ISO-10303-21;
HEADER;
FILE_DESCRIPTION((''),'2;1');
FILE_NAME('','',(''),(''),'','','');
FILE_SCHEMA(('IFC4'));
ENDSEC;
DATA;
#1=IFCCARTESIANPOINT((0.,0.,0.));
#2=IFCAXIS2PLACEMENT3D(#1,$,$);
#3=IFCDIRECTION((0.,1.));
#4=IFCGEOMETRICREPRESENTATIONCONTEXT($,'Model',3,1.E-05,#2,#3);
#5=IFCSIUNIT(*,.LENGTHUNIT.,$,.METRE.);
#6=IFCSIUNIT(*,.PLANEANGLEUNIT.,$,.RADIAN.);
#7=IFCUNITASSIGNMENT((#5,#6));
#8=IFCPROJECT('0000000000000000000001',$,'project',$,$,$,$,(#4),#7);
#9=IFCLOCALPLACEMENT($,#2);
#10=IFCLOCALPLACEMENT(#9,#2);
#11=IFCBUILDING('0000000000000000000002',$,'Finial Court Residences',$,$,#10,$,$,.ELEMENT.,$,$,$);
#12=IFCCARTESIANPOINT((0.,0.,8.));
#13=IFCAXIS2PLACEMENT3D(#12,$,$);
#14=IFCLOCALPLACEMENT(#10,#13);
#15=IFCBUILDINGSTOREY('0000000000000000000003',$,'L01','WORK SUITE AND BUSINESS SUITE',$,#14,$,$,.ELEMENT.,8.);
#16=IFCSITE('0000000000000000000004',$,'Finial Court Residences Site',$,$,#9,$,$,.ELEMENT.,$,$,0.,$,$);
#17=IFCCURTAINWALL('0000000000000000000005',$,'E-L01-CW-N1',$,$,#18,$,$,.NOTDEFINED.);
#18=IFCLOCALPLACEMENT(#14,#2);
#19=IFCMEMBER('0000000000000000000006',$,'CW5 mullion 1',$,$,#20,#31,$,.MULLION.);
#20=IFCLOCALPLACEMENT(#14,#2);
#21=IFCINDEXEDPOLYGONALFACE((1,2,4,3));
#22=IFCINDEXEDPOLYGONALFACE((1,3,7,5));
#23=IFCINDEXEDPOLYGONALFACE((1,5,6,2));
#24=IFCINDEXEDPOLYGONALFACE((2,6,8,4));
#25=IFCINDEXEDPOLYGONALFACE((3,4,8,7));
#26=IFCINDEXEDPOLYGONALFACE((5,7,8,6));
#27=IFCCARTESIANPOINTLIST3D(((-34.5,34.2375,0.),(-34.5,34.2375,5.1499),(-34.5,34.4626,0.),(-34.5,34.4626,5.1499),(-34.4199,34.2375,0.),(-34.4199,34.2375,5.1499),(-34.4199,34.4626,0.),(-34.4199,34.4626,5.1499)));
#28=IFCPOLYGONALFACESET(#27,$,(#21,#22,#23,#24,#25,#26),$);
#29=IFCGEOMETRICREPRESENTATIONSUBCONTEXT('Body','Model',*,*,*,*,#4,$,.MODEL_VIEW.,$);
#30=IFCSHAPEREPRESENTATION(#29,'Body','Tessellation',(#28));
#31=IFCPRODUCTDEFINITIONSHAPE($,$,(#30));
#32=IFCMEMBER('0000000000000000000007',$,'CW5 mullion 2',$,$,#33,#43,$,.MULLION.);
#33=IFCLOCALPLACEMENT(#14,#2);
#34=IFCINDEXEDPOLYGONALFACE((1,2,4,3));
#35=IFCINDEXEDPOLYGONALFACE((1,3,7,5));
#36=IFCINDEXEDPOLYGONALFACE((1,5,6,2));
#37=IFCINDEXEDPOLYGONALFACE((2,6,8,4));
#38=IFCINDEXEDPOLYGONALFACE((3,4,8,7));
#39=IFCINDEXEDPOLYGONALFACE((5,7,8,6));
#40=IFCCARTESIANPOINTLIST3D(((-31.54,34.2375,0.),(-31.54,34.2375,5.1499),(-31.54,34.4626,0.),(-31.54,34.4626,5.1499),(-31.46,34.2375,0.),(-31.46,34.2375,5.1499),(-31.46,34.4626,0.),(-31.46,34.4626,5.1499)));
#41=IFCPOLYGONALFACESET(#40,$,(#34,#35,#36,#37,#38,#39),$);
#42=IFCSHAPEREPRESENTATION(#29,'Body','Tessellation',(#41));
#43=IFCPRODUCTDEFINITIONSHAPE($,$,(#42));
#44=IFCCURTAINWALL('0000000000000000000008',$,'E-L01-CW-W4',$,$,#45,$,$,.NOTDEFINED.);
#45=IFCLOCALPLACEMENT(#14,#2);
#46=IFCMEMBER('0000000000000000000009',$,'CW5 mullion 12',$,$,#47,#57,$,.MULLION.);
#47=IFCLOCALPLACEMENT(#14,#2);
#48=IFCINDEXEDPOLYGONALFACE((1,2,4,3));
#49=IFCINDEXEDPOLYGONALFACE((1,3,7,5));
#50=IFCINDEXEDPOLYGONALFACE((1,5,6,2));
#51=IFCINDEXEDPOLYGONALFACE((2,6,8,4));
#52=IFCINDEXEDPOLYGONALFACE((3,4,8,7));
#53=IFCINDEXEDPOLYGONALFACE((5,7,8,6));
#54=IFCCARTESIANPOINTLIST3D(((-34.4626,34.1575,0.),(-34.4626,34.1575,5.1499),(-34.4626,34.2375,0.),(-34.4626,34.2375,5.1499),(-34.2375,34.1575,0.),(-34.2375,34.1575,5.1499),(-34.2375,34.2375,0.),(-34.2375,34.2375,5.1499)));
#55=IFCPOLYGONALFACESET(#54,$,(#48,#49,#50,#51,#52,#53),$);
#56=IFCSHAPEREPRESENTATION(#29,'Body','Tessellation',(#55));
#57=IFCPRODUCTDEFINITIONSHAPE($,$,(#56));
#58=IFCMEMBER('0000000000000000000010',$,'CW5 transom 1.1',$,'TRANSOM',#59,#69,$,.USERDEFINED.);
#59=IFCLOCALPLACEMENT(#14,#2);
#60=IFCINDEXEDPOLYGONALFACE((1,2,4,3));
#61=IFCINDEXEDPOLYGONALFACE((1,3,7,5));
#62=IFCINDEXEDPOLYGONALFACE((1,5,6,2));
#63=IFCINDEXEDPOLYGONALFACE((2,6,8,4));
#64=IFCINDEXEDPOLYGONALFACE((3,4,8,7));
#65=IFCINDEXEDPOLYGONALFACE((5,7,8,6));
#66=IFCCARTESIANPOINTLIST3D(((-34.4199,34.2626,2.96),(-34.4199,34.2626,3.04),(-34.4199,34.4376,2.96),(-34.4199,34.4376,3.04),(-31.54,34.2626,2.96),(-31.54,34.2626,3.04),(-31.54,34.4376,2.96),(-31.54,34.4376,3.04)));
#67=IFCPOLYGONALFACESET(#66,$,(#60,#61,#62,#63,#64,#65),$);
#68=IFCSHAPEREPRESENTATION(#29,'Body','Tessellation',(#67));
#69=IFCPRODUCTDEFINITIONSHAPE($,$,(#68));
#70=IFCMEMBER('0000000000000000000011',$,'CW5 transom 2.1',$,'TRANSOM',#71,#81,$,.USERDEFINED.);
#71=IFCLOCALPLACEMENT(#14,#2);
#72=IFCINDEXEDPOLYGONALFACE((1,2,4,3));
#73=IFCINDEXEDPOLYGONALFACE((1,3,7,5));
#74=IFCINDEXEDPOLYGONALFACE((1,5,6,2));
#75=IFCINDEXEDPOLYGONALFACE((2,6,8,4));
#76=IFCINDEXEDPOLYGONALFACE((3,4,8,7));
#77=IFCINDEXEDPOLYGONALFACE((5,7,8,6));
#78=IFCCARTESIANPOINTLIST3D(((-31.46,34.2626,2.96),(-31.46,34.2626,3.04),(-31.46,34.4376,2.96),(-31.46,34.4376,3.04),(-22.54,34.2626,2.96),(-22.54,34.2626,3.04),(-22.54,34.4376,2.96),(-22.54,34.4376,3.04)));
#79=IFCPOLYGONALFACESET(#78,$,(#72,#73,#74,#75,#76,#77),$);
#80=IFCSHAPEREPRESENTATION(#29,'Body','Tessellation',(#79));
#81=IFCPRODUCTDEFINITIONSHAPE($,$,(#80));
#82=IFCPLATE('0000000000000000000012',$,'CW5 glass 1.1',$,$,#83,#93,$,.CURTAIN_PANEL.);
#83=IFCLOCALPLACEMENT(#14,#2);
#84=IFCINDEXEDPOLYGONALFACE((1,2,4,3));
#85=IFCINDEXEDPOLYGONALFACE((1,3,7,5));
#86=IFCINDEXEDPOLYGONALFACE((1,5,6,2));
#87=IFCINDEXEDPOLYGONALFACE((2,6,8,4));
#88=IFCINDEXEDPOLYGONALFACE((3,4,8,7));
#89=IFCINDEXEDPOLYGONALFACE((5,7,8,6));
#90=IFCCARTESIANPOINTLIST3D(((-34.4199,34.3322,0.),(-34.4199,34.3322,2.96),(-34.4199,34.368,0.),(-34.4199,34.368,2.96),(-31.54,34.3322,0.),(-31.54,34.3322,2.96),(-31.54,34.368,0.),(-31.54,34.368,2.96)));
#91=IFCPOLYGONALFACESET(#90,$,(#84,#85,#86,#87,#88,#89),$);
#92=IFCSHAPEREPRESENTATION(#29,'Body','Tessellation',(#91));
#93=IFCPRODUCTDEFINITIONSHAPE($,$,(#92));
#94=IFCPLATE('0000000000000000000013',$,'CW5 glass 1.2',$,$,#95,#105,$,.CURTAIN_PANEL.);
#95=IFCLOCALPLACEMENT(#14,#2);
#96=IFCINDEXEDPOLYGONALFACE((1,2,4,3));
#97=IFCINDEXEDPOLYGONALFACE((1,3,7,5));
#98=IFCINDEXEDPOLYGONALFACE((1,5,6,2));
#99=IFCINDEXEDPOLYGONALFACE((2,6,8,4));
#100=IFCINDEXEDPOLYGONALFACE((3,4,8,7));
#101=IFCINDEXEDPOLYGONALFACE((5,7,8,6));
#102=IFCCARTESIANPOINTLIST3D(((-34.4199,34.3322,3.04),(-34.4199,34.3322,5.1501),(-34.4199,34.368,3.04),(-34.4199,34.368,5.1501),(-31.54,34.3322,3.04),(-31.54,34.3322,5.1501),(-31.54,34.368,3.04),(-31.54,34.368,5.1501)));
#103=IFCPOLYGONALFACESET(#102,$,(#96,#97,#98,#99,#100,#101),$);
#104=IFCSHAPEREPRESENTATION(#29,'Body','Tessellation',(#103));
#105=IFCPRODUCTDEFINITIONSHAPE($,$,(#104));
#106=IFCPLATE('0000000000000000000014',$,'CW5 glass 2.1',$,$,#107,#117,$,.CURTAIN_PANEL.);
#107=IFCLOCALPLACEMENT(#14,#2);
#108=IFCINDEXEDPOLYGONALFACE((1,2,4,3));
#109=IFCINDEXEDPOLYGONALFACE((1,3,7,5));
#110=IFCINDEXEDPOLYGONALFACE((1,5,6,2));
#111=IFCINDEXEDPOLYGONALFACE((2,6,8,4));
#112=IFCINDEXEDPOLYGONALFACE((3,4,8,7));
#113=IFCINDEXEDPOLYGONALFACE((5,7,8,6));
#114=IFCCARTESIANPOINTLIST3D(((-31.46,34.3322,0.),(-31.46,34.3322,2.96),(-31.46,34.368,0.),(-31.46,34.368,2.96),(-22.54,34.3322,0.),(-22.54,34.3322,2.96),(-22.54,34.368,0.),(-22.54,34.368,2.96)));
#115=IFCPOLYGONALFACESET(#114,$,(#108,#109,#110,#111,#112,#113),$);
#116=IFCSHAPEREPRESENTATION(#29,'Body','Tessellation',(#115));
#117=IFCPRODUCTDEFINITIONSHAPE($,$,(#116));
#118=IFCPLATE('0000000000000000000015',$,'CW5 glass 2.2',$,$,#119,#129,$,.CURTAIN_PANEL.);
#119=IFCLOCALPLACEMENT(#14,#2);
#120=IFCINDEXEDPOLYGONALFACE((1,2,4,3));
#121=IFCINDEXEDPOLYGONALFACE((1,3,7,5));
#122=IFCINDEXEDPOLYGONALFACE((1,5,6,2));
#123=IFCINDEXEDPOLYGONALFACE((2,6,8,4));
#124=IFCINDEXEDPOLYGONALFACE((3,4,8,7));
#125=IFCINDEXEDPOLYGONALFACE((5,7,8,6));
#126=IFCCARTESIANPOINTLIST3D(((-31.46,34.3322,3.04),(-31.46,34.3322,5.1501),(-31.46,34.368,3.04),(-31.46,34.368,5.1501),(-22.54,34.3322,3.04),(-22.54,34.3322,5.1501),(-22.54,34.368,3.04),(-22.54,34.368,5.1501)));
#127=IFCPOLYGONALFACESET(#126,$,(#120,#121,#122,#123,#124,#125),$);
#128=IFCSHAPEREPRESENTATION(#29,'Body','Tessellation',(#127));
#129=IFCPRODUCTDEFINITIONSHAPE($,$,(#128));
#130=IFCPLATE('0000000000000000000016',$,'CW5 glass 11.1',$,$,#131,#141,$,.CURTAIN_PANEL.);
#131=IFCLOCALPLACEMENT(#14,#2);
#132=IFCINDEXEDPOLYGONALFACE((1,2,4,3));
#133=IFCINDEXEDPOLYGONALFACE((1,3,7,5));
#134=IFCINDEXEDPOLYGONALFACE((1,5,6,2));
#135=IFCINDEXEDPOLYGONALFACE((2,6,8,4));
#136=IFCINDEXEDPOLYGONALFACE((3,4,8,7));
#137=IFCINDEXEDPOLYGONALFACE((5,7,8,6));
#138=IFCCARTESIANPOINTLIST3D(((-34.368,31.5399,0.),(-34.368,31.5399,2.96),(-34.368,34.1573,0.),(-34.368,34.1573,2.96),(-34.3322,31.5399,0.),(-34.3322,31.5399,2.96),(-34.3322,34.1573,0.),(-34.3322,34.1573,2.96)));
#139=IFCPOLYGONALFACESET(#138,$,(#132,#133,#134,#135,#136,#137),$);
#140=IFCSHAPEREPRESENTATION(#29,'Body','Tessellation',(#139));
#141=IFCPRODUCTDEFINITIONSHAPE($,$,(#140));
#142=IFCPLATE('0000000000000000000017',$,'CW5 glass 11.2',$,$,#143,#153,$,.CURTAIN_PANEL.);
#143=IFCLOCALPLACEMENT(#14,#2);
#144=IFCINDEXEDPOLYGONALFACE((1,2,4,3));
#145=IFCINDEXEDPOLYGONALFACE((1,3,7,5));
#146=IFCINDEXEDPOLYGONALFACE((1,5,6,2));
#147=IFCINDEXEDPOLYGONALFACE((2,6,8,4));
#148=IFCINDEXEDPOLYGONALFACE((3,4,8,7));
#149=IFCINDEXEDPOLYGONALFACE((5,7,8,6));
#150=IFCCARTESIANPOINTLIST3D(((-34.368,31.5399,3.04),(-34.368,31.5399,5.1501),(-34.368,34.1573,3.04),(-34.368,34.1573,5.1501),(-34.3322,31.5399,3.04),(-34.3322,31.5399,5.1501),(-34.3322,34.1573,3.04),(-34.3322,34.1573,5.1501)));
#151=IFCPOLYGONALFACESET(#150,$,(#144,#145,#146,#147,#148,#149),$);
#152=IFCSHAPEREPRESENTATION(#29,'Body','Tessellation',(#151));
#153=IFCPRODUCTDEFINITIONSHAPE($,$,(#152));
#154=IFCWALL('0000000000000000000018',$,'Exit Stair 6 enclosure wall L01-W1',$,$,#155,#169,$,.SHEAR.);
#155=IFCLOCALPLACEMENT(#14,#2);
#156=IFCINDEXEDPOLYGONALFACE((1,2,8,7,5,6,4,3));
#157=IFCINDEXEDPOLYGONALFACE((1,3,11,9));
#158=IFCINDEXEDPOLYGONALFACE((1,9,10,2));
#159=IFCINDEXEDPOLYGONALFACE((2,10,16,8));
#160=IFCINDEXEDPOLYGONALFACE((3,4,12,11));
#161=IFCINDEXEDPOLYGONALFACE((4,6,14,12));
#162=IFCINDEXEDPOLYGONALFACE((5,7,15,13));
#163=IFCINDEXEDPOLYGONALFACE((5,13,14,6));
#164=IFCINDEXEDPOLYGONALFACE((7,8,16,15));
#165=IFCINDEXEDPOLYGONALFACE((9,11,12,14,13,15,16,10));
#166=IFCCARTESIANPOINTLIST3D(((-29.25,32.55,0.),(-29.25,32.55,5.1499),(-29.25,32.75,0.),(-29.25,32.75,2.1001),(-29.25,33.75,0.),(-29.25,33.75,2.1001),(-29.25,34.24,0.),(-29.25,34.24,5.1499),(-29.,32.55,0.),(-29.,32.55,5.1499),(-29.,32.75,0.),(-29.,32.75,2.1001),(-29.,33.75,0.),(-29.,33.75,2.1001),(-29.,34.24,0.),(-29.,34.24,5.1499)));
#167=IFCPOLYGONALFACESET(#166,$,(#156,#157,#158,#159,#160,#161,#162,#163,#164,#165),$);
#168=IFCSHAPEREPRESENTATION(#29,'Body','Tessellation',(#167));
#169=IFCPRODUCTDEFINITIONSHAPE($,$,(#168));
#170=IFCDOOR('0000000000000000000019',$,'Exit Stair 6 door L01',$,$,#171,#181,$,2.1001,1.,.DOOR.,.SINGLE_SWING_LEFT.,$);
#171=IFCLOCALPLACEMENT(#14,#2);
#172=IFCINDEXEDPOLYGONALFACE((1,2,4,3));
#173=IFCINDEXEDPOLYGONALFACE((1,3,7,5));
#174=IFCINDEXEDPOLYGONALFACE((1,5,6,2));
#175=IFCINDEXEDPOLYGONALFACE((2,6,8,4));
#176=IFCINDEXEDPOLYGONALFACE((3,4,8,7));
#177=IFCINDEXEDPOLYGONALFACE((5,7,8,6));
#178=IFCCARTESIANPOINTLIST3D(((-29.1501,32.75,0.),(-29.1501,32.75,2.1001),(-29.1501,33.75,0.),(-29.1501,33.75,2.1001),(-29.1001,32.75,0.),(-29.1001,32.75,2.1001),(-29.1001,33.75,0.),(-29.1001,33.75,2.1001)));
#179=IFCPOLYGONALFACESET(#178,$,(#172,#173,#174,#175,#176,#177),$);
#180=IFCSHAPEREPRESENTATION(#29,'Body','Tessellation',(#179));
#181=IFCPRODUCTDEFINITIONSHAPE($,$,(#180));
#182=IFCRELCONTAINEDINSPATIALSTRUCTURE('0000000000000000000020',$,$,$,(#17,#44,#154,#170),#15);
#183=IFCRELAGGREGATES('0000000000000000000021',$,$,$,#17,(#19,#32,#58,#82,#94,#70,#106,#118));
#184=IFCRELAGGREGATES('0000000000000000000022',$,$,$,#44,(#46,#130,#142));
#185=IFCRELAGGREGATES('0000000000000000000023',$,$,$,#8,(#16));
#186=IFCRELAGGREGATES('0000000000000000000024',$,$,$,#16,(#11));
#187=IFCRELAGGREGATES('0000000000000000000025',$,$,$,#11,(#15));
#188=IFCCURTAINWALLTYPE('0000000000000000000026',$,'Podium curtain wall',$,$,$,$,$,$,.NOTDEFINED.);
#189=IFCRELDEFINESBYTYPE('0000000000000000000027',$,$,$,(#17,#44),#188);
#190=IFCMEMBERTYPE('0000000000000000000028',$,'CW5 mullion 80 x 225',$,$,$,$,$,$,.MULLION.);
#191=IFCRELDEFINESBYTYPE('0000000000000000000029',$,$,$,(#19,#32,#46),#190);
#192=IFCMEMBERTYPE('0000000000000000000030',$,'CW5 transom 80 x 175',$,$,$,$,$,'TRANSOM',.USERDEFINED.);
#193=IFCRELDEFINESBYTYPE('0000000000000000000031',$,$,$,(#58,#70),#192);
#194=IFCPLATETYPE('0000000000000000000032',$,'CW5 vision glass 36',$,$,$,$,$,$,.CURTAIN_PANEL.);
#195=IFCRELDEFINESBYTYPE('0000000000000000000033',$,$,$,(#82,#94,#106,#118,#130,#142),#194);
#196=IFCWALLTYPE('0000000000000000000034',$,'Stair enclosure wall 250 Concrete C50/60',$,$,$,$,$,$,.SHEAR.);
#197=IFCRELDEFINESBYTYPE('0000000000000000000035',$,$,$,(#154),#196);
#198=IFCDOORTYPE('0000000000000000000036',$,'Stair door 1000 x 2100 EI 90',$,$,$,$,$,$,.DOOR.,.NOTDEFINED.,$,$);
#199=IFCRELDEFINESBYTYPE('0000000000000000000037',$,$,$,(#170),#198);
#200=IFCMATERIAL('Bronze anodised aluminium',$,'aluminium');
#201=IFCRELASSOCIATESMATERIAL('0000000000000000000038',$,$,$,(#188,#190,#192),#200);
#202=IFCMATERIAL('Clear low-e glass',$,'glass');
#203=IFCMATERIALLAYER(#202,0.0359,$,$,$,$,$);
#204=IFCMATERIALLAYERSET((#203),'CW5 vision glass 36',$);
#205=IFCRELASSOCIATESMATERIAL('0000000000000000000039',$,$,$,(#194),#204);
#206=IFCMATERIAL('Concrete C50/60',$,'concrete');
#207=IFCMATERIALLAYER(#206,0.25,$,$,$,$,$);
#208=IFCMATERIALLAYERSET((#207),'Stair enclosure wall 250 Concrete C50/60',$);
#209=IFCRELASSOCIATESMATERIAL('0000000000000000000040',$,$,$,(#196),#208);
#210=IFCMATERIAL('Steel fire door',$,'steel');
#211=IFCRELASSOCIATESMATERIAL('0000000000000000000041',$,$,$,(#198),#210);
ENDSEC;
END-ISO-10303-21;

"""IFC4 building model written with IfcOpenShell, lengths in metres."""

from ifc_helpers import new_model, si_unit, direction, frame, frame_2d, origin, origin_2d, place, context, subcontext, project, spatial, rectangle, extrude, material, layer, layer_set, material_profile, profile_set, type_object, element, fill, aggregate, save


model = new_model("IFC4")

# Units and contexts
model_context = context("Model", 3, precision=1e-05, world=origin(), true_north=direction((0.0, 1.0)))
body_context = subcontext(model_context, "Body", "Model", "MODEL_VIEW")
ifc_project = project(units=[si_unit("LENGTHUNIT", "METRE"), si_unit("PLANEANGLEUNIT", "RADIAN")], contexts=[model_context])

# Site, building, storey
site_placement = place(None, origin())
site = spatial("IfcSite", under=ifc_project, at=site_placement, Name="Finial Court Residences Site", CompositionType="ELEMENT", RefElevation=0.0)
building_placement = place(site_placement, origin())
building = spatial("IfcBuilding", under=site, at=building_placement, Name="Finial Court Residences", CompositionType="ELEMENT")
storey_placement = place(building_placement, frame((0.0, 0.0, 8.0)))
storey = spatial("IfcBuildingStorey", under=building, at=storey_placement, Name="L01", Description="WORK SUITE AND BUSINESS SUITE", CompositionType="ELEMENT", Elevation=8.0)

# Curtain wall, members
ifc_material_1 = material(Name="Bronze anodised aluminium", Category="aluminium")
curtain_wall_type = type_object("IfcCurtainWallType", Name="Podium curtain wall", PredefinedType="NOTDEFINED", material=ifc_material_1)
curtain_wall_1_placement = place(storey_placement, origin())
curtain_wall_1 = element("IfcCurtainWall", 1, at=curtain_wall_1_placement, inside=storey, type_object=curtain_wall_type, Name="E-L01-CW-N1", PredefinedType="NOTDEFINED")
ifc_material_profile_1 = material_profile(ifc_material_1, rectangle(XDim=0.2251, YDim=0.0801, at=origin_2d()), Name="CW5 mullion 80 x 225")
ifc_profile_set_1 = profile_set([ifc_material_profile_1], Name="Bronze anodised aluminium")
member_type_1 = type_object("IfcMemberType", Name="CW5 mullion 80 x 225", PredefinedType="MULLION", material=ifc_profile_set_1)
member_1_placement = place(storey_placement, frame((-34.46, 34.3501, 0.0), z_axis=(0.0, 0.0, 1.0), x_axis=(0.0, 1.0, 0.0)))
member_1 = element("IfcMember", 2, at=member_1_placement, type_object=member_type_1, Name="CW5 mullion 1", PredefinedType="MULLION", context=body_context, shape_type="SweptSolid", body=[
    extrude(rectangle(XDim=0.2251, YDim=0.0801, at=origin_2d()), origin(), (0.0, 0.0, 1.0), 5.1499),
])
member_2_placement = place(storey_placement, frame((-31.5, 34.3501, 0.0), z_axis=(0.0, 0.0, 1.0), x_axis=(0.0, 1.0, 0.0)))
member_2 = element("IfcMember", 3, at=member_2_placement, type_object=member_type_1, Name="CW5 mullion 2", PredefinedType="MULLION", context=body_context, shape_type="SweptSolid", body=[
    extrude(rectangle(XDim=0.2251, YDim=0.0801, at=origin_2d()), origin(), (0.0, 0.0, 1.0), 5.1499),
])

# Curtain wall, member
curtain_wall_2_placement = place(storey_placement, origin())
curtain_wall_2 = element("IfcCurtainWall", 4, at=curtain_wall_2_placement, inside=storey, type_object=curtain_wall_type, Name="E-L01-CW-W4", PredefinedType="NOTDEFINED")
member_3_placement = place(storey_placement, frame((-34.3501, 34.1975, 0.0), z_axis=(0.0, 0.0, 1.0), x_axis=(-1.0, 0.0, 0.0)))
member_3 = element("IfcMember", 5, at=member_3_placement, type_object=member_type_1, Name="CW5 mullion 12", PredefinedType="MULLION", context=body_context, shape_type="SweptSolid", body=[
    extrude(rectangle(XDim=0.2251, YDim=0.0801, at=origin_2d()), origin(), (0.0, 0.0, 1.0), 5.1499),
])

# Members
ifc_material_profile_2 = material_profile(ifc_material_1, rectangle(XDim=0.175, YDim=0.0801, at=origin_2d()), Name="CW5 transom 80 x 175")
ifc_profile_set_2 = profile_set([ifc_material_profile_2], Name="Bronze anodised aluminium")
member_type_2 = type_object("IfcMemberType", Name="CW5 transom 80 x 175", ElementType="TRANSOM", PredefinedType="USERDEFINED", material=ifc_profile_set_2)
member_4_placement = place(storey_placement, frame((-34.4199, 34.3501, 3.0), z_axis=(1.0, 0.0, 0.0), x_axis=(0.0, 1.0, 0.0)))
member_4 = element("IfcMember", 6, at=member_4_placement, type_object=member_type_2, Name="CW5 transom 1.1", ObjectType="TRANSOM", PredefinedType="USERDEFINED", context=body_context, shape_type="SweptSolid", body=[
    extrude(rectangle(XDim=0.175, YDim=0.0801, at=origin_2d()), origin(), (0.0, 0.0, 1.0), 2.8799),
])
member_5_placement = place(storey_placement, frame((-31.46, 34.3501, 3.0), z_axis=(1.0, 0.0, 0.0), x_axis=(0.0, 1.0, 0.0)))
member_5 = element("IfcMember", 7, at=member_5_placement, type_object=member_type_2, Name="CW5 transom 2.1", ObjectType="TRANSOM", PredefinedType="USERDEFINED", context=body_context, shape_type="SweptSolid", body=[
    extrude(rectangle(XDim=0.175, YDim=0.0801, at=origin_2d()), origin(), (0.0, 0.0, 1.0), 8.9199),
])

# Plates
ifc_material_2 = material(Name="Clear low-e glass", Category="glass")
ifc_layer_1 = layer(ifc_material_2, 0.0359)
ifc_layer_set_1 = layer_set([ifc_layer_1], Name="CW5 vision glass 36")
plate_type = type_object("IfcPlateType", Name="CW5 vision glass 36", PredefinedType="CURTAIN_PANEL", material=ifc_layer_set_1)
plate_1_placement = place(storey_placement, frame((-32.98, 34.3501, 0.0), z_axis=(0.0, 0.0, 1.0), x_axis=(1.0, 0.0, 0.0)))
plate_1 = element("IfcPlate", 8, at=plate_1_placement, type_object=plate_type, Name="CW5 glass 1.1", PredefinedType="CURTAIN_PANEL", context=body_context, shape_type="SweptSolid", body=[
    extrude(rectangle(XDim=2.8799, YDim=0.0359, at=origin_2d()), origin(), (0.0, 0.0, 1.0), 2.96),
])
plate_2_placement = place(storey_placement, frame((-32.98, 34.3501, 3.04), z_axis=(0.0, 0.0, 1.0), x_axis=(1.0, 0.0, 0.0)))
plate_2 = element("IfcPlate", 9, at=plate_2_placement, type_object=plate_type, Name="CW5 glass 1.2", PredefinedType="CURTAIN_PANEL", context=body_context, shape_type="SweptSolid", body=[
    extrude(rectangle(XDim=2.8799, YDim=0.0359, at=origin_2d()), origin(), (0.0, 0.0, 1.0), 2.1101),
])
plate_3_placement = place(storey_placement, frame((-27.0, 34.3501, 0.0), z_axis=(0.0, 0.0, 1.0), x_axis=(1.0, 0.0, 0.0)))
plate_3 = element("IfcPlate", 10, at=plate_3_placement, type_object=plate_type, Name="CW5 glass 2.1", PredefinedType="CURTAIN_PANEL", context=body_context, shape_type="SweptSolid", body=[
    extrude(rectangle(XDim=8.9199, YDim=0.0359, at=origin_2d()), origin(), (0.0, 0.0, 1.0), 2.96),
])
plate_4_placement = place(storey_placement, frame((-27.0, 34.3501, 3.04), z_axis=(0.0, 0.0, 1.0), x_axis=(1.0, 0.0, 0.0)))
plate_4 = element("IfcPlate", 11, at=plate_4_placement, type_object=plate_type, Name="CW5 glass 2.2", PredefinedType="CURTAIN_PANEL", context=body_context, shape_type="SweptSolid", body=[
    extrude(rectangle(XDim=8.9199, YDim=0.0359, at=origin_2d()), origin(), (0.0, 0.0, 1.0), 2.1101),
])
aggregate(curtain_wall_1, [member_1, member_2, member_4, plate_1, plate_2, member_5, plate_3, plate_4])
plate_5_placement = place(storey_placement, frame((-34.3501, 32.8486, 0.0), z_axis=(0.0, 0.0, 1.0), x_axis=(0.0, 1.0, 0.0)))
plate_5 = element("IfcPlate", 12, at=plate_5_placement, type_object=plate_type, Name="CW5 glass 11.1", PredefinedType="CURTAIN_PANEL", context=body_context, shape_type="SweptSolid", body=[
    extrude(rectangle(XDim=2.6174, YDim=0.0359, at=origin_2d()), origin(), (0.0, 0.0, 1.0), 2.96),
])
plate_6_placement = place(storey_placement, frame((-34.3501, 32.8486, 3.04), z_axis=(0.0, 0.0, 1.0), x_axis=(0.0, 1.0, 0.0)))
plate_6 = element("IfcPlate", 13, at=plate_6_placement, type_object=plate_type, Name="CW5 glass 11.2", PredefinedType="CURTAIN_PANEL", context=body_context, shape_type="SweptSolid", body=[
    extrude(rectangle(XDim=2.6174, YDim=0.0359, at=origin_2d()), origin(), (0.0, 0.0, 1.0), 2.1101),
])
aggregate(curtain_wall_2, [member_3, plate_5, plate_6])

# Wall, opening, door
ifc_material_3 = material(Name="Concrete C50/60", Category="concrete")
ifc_layer_2 = layer(ifc_material_3, 0.25)
ifc_layer_set_2 = layer_set([ifc_layer_2], Name="Stair enclosure wall 250 Concrete C50/60")
wall_type = type_object("IfcWallType", Name="Stair enclosure wall 250 Concrete C50/60", PredefinedType="SHEAR", material=ifc_layer_set_2)
wall_1_placement = place(storey_placement, frame((-29.125, 34.24, 0.0), z_axis=(0.0, 0.0, 1.0), x_axis=(0.0, -1.0, 0.0)))
wall_1 = element("IfcWall", 14, at=wall_1_placement, inside=storey, type_object=wall_type, Name="Exit Stair 6 enclosure wall L01-W1", PredefinedType="SHEAR", context=body_context, shape_type="SweptSolid", body=[
    extrude(rectangle(XDim=1.6899, YDim=0.25, at=frame_2d((0.845, 0.0))), origin(), (0.0, 0.0, 1.0), 5.1499),
])
opening_1_placement = place(wall_1_placement, frame((0.49, 0.0, 0.0)))
opening_1 = element("IfcOpeningElement", 15, at=opening_1_placement, cuts=wall_1, PredefinedType="OPENING", context=body_context, shape_type="SweptSolid", body=[
    extrude(rectangle(XDim=1.0, YDim=2.1001, at=frame_2d((0.5, 1.05))), frame((0.0, 0.135, 0.0), z_axis=(0.0, -1.0, 0.0), x_axis=(1.0, 0.0, 0.0)), (0.0, 0.0, 1.0), 0.27),
])
ifc_material_4 = material(Name="Steel fire door", Category="steel")
door_type = type_object("IfcDoorType", Name="Stair door 1000 x 2100 EI 90", OperationType="NOTDEFINED", PredefinedType="DOOR", material=ifc_material_4)
door_1_placement = place(opening_1_placement, origin())
door_1 = element("IfcDoor", 16, at=door_1_placement, inside=storey, type_object=door_type, Name="Exit Stair 6 door L01", OperationType="SINGLE_SWING_LEFT", OverallHeight=2.1001, OverallWidth=1.0, PredefinedType="DOOR", context=body_context, shape_type="SweptSolid", body=[
    extrude(rectangle(XDim=1.0, YDim=2.1001, at=frame_2d((0.5, 1.05))), frame((0.0, 0.0249, 0.0), z_axis=(0.0, -1.0, 0.0), x_axis=(1.0, 0.0, 0.0)), (0.0, 0.0, 1.0), 0.05),
])
fill(opening_1, door_1)

save(model, "model.ifc")
